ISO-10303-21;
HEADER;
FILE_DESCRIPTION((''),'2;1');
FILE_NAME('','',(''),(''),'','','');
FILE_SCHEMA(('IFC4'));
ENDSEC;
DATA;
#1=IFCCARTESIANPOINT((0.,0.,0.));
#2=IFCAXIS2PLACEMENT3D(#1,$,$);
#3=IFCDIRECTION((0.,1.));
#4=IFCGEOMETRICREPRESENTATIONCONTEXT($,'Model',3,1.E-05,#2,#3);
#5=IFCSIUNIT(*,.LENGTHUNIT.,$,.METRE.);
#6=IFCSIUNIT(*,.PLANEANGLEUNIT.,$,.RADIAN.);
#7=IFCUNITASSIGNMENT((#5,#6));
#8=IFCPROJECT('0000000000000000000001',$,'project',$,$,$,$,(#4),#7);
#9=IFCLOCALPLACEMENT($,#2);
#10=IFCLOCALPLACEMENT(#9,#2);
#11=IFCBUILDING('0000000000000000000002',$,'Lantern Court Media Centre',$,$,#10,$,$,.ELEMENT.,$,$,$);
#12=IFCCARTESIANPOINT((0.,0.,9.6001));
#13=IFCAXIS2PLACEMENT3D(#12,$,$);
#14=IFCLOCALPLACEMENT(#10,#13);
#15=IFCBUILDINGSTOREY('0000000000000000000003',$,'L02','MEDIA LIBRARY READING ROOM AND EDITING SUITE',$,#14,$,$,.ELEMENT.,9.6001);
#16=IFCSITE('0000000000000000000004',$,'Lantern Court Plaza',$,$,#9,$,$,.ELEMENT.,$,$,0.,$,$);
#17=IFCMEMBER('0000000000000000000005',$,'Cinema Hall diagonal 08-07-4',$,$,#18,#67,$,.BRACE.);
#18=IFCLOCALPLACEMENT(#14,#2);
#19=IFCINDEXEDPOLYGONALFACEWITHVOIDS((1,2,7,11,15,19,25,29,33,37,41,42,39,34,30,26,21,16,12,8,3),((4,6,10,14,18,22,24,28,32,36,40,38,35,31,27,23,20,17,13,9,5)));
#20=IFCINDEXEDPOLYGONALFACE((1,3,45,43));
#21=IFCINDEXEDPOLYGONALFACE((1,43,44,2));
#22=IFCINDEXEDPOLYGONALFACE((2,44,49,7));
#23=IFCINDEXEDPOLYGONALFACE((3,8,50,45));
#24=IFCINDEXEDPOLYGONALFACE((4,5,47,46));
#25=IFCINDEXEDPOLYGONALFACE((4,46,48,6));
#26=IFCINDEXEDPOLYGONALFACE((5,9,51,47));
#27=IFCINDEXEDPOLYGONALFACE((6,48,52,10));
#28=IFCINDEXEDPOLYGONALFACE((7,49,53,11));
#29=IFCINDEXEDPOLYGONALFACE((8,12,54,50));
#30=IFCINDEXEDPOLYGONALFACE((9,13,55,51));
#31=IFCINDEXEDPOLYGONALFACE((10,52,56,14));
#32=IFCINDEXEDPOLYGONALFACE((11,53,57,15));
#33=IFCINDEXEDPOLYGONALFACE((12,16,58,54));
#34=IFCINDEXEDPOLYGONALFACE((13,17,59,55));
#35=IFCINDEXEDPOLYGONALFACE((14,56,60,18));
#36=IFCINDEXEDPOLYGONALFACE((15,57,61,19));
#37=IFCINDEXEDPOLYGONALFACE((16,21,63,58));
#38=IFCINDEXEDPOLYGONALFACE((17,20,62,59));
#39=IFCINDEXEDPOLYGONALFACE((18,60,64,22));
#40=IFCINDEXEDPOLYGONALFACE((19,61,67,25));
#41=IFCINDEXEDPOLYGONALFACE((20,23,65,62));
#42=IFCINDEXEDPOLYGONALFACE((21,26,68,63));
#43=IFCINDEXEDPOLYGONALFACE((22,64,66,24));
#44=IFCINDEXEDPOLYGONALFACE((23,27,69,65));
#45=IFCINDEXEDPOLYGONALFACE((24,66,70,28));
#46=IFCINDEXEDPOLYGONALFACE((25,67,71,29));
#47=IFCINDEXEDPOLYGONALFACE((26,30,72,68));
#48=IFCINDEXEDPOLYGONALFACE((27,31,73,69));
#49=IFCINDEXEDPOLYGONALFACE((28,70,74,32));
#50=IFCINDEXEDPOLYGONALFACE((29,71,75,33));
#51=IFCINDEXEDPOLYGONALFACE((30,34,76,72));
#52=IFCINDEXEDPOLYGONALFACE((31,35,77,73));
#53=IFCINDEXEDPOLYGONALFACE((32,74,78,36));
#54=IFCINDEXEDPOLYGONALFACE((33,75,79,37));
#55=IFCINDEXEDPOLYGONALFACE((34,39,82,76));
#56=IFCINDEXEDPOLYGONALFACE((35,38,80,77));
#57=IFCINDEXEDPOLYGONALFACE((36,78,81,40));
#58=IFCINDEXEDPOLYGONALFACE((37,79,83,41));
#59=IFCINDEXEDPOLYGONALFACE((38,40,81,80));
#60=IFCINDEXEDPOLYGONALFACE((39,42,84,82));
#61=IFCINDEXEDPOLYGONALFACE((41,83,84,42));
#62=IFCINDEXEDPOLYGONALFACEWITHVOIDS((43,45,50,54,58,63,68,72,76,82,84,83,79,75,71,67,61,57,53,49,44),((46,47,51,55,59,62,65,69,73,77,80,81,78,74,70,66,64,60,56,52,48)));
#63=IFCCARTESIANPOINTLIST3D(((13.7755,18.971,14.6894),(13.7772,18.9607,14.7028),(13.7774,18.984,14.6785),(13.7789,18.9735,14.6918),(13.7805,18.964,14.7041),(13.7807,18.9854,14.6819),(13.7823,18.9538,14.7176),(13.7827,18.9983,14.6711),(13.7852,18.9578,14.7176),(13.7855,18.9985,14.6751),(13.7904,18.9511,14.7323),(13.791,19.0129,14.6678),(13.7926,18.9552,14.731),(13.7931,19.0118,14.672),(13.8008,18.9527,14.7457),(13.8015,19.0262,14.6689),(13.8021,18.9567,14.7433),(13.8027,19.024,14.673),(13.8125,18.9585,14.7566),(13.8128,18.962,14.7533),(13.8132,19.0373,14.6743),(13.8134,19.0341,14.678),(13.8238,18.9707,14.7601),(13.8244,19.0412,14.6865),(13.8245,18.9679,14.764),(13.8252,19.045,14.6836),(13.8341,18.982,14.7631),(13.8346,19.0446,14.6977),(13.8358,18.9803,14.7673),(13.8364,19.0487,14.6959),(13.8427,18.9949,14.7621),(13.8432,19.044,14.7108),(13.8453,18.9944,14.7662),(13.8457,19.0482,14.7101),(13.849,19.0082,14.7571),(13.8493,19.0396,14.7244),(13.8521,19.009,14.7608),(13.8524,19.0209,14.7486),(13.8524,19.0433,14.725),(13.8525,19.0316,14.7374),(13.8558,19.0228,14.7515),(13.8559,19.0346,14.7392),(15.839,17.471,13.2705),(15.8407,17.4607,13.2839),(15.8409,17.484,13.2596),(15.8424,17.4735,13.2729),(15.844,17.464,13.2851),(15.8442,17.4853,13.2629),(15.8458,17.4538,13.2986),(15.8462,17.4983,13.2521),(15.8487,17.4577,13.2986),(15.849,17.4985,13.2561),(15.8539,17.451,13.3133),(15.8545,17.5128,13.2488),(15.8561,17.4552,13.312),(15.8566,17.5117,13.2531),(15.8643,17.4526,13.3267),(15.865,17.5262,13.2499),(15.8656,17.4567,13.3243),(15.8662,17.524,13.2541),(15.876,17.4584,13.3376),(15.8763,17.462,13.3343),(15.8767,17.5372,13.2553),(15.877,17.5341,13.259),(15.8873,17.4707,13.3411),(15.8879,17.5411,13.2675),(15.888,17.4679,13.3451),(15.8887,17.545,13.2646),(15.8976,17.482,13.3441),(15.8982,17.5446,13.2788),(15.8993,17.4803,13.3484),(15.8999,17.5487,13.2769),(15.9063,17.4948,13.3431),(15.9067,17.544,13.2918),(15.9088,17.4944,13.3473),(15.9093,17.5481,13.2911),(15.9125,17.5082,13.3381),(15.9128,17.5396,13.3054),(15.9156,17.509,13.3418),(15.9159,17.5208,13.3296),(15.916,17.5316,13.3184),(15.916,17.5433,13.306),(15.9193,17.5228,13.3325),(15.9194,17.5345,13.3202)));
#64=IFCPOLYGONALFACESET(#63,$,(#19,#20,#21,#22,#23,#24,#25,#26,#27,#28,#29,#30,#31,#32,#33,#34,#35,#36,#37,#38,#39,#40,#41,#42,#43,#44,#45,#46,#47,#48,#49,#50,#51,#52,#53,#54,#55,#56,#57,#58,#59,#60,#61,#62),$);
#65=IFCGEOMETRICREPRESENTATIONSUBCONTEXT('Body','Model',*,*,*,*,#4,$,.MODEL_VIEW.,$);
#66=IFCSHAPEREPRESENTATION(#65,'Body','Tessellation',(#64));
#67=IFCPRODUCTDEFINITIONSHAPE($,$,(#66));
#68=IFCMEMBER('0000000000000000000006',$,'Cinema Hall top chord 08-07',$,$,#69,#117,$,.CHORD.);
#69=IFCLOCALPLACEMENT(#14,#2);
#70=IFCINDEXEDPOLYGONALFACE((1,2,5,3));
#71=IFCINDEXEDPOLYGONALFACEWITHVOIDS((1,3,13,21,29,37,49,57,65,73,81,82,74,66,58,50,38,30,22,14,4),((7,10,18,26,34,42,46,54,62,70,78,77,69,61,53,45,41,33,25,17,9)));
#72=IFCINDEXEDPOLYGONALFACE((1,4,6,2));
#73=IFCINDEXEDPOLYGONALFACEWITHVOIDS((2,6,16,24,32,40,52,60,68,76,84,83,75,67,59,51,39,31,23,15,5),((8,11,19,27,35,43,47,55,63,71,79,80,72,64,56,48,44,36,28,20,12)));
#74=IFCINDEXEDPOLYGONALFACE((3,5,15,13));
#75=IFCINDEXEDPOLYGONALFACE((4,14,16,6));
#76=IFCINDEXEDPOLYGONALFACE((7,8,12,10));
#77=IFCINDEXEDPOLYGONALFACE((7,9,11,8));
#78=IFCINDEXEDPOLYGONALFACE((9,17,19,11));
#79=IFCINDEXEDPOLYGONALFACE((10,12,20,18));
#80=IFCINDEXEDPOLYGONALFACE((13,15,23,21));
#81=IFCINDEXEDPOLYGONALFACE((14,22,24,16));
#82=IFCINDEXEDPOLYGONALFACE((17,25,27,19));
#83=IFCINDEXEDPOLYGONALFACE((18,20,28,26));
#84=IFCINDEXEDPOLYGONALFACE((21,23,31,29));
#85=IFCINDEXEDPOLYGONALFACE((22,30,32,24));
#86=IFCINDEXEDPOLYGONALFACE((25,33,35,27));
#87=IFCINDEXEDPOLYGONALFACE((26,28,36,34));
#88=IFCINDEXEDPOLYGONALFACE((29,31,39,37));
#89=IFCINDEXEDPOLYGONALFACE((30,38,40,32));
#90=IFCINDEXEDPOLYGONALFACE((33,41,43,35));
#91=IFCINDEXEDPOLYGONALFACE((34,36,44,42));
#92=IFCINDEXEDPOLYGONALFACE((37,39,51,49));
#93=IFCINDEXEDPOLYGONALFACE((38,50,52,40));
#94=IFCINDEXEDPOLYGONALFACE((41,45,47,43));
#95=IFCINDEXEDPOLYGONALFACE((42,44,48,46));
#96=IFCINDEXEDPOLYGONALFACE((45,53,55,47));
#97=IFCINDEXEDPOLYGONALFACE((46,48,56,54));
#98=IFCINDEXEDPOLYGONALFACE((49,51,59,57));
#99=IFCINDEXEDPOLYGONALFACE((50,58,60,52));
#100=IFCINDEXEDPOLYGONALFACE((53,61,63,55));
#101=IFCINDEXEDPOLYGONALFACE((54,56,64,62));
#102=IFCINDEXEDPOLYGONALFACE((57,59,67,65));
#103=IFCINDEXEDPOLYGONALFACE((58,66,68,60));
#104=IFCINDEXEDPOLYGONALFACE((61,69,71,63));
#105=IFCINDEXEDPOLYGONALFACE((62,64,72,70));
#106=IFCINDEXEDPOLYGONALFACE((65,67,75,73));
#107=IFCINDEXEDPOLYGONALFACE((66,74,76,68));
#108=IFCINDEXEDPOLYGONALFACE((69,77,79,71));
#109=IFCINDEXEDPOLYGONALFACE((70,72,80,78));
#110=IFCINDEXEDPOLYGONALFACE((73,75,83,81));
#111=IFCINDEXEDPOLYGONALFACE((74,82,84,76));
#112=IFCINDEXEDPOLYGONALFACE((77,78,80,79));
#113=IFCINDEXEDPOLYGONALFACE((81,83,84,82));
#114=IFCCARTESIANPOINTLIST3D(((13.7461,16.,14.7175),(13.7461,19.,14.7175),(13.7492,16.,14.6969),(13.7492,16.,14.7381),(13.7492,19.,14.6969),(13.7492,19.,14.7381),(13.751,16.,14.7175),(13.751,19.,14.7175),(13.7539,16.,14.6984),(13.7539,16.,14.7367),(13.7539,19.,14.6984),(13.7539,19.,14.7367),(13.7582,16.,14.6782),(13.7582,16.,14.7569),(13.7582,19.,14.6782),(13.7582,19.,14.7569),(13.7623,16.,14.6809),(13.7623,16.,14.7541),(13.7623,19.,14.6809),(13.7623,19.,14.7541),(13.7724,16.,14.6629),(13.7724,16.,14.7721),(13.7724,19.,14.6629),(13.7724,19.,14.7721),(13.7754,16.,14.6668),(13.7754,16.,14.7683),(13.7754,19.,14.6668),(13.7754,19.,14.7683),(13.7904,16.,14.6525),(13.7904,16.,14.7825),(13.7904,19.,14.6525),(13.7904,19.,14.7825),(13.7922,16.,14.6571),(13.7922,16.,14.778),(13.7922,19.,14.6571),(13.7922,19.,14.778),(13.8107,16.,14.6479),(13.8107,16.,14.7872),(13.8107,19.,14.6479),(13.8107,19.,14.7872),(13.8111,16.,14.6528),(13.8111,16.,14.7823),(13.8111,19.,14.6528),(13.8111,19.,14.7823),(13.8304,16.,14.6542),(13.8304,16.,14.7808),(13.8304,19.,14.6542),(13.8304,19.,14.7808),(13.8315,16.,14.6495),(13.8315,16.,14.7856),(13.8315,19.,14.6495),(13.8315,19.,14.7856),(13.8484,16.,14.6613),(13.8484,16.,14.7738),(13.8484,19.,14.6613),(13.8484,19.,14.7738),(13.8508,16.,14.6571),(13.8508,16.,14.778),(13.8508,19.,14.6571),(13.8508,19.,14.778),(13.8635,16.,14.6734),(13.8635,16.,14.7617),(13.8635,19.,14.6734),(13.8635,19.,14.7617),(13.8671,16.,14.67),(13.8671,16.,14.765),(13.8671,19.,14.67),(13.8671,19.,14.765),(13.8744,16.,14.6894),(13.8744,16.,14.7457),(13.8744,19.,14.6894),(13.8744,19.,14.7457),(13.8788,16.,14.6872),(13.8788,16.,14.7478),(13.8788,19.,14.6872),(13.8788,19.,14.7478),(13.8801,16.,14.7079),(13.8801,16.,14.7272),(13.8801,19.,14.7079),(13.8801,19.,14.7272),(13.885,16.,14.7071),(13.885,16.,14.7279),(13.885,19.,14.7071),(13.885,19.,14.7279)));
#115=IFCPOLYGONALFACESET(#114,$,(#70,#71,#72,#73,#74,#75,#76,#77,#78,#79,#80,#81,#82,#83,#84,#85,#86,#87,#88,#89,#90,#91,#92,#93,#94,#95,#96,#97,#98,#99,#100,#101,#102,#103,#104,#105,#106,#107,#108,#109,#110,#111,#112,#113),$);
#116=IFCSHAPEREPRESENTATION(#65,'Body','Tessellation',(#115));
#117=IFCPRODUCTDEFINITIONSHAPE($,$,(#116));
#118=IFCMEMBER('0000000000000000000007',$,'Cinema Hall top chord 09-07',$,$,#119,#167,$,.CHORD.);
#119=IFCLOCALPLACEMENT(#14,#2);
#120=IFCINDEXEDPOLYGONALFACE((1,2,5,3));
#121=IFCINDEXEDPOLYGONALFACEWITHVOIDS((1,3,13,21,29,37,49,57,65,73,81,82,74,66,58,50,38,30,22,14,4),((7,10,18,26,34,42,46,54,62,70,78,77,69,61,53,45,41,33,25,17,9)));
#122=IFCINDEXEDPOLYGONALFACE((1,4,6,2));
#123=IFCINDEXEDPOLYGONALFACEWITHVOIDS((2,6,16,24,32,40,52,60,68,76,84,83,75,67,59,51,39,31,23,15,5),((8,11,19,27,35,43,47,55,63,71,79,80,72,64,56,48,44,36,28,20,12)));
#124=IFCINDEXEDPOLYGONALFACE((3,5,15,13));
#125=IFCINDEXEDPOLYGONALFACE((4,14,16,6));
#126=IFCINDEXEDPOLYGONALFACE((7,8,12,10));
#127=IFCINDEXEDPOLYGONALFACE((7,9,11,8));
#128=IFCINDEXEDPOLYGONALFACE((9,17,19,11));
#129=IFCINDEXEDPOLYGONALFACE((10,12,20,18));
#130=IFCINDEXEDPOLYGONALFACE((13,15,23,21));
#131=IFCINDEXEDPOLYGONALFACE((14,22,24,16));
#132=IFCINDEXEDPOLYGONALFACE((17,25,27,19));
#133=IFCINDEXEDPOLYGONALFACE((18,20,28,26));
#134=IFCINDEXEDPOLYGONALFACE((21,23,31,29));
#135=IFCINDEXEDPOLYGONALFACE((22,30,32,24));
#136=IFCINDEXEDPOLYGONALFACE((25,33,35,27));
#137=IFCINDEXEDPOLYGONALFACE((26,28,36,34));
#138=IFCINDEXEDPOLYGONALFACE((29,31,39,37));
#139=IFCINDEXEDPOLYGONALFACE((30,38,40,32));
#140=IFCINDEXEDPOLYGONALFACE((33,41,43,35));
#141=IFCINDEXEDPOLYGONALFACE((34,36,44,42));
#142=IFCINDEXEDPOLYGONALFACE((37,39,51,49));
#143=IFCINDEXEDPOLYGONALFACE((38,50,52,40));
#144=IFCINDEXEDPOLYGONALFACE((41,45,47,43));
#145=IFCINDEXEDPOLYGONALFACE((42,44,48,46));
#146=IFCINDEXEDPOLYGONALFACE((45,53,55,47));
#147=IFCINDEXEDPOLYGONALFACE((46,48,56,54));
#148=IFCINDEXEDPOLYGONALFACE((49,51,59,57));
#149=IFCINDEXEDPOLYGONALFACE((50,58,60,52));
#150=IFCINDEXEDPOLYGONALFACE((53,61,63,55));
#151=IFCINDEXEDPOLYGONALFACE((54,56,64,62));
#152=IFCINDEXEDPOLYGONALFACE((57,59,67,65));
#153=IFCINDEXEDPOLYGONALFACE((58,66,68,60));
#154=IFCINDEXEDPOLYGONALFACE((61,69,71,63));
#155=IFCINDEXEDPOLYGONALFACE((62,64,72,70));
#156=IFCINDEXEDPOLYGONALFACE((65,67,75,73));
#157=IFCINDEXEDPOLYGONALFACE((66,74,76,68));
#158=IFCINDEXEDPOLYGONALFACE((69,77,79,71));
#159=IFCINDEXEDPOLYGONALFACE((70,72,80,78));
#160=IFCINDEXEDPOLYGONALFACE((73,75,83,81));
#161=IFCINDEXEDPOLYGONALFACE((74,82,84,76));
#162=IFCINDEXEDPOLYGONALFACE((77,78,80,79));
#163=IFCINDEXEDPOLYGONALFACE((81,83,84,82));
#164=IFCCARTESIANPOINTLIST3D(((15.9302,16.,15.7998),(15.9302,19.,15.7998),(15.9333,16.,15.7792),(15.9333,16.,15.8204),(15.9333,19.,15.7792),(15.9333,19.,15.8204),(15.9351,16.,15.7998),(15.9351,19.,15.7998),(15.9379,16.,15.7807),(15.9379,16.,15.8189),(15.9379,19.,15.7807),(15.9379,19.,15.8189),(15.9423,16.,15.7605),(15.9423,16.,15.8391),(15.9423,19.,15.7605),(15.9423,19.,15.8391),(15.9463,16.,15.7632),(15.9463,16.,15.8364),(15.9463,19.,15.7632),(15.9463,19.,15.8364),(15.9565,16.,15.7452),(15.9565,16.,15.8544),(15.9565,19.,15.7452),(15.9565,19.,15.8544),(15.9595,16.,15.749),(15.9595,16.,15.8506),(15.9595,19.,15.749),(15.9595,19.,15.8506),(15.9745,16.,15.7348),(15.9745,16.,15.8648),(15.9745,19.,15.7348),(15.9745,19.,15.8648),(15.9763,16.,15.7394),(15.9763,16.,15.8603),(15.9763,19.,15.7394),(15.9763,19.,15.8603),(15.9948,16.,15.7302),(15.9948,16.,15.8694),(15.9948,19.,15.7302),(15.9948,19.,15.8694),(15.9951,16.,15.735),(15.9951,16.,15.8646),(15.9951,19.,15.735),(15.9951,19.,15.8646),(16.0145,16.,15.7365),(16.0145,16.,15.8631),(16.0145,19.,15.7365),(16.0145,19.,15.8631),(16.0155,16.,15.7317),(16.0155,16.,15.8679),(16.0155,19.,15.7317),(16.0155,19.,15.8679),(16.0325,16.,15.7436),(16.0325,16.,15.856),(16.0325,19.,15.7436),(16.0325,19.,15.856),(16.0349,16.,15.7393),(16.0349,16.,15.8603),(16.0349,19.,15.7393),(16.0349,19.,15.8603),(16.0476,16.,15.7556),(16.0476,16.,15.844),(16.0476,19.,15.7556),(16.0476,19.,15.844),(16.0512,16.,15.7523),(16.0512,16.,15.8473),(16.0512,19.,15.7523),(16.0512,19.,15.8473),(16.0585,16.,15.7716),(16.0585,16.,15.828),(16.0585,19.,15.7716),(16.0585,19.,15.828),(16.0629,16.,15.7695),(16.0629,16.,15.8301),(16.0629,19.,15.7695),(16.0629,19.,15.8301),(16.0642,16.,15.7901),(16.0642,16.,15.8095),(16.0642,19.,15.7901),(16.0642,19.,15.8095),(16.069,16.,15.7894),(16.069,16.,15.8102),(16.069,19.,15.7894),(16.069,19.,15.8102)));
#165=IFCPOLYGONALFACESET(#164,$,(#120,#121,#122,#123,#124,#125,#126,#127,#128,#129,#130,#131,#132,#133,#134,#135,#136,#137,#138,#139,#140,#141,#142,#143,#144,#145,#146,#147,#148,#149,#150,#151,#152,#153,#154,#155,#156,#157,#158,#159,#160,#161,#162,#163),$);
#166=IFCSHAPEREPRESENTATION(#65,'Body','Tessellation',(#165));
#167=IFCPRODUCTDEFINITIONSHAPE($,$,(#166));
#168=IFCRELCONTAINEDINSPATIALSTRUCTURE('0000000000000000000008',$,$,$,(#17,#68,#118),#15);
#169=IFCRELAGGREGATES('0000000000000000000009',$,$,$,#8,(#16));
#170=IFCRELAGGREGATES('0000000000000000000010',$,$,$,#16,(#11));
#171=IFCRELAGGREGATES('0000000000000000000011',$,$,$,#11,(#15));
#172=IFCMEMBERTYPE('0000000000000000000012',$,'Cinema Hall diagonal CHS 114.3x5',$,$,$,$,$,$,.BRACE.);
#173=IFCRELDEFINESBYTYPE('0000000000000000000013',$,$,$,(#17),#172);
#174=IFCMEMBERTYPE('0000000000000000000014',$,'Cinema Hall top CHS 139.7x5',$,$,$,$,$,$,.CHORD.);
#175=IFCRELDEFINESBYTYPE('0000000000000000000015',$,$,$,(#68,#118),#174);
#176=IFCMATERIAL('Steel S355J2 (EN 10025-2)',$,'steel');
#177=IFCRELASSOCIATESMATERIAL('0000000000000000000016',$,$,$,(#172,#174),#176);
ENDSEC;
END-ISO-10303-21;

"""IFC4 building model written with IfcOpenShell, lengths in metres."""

from ifc_helpers import new_model, si_unit, direction, frame, origin, origin_2d, place, context, subcontext, project, spatial, hollow_circle, extrude, material, material_profile, profile_set, type_object, element, save


model = new_model("IFC4")

# Units and contexts
model_context = context("Model", 3, precision=1e-05, world=origin(), true_north=direction((0.0, 1.0)))
body_context = subcontext(model_context, "Body", "Model", "MODEL_VIEW")
ifc_project = project(units=[si_unit("LENGTHUNIT", "METRE"), si_unit("PLANEANGLEUNIT", "RADIAN")], contexts=[model_context])

# Site, building, storey
site_placement = place(None, origin())
site = spatial("IfcSite", under=ifc_project, at=site_placement, Name="Lantern Court Plaza", CompositionType="ELEMENT", RefElevation=0.0)
building_placement = place(site_placement, origin())
building = spatial("IfcBuilding", under=site, at=building_placement, Name="Lantern Court Media Centre", CompositionType="ELEMENT")
storey_placement = place(building_placement, frame((0.0, 0.0, 9.6001)))
storey = spatial("IfcBuildingStorey", under=building, at=storey_placement, Name="L02", Description="MEDIA LIBRARY READING ROOM AND EDITING SUITE", CompositionType="ELEMENT", Elevation=9.6001)

# Members
ifc_material = material(Name="Steel S355J2 (EN 10025-2)", Category="steel")
ifc_material_profile_1 = material_profile(ifc_material, hollow_circle(Radius=0.0571, WallThickness=0.0049, at=origin_2d()), Name="Cinema Hall diagonal CHS 114.3x5")
ifc_profile_set_1 = profile_set([ifc_material_profile_1], Name="Steel S355J2 (EN 10025-2)")
member_type_1 = type_object("IfcMemberType", Name="Cinema Hall diagonal CHS 114.3x5", PredefinedType="BRACE", material=ifc_profile_set_1)
member_1_placement = place(storey_placement, frame((15.8794, 17.5, 13.2986), z_axis=(-0.70688, 0.513851, 0.486084), x_axis=(-0.58799, -0.808868, 0.0)))
element("IfcMember", 1, at=member_1_placement, inside=storey, type_object=member_type_1, Name="Cinema Hall diagonal 08-07-4", PredefinedType="BRACE", context=body_context, shape_type="SweptSolid", body=[
    extrude(hollow_circle(Radius=0.0571, WallThickness=0.0049, at=origin_2d()), origin(), (0.0, 0.0, 1.0), 2.9192),
])
ifc_material_profile_2 = material_profile(ifc_material, hollow_circle(Radius=0.0698, WallThickness=0.0049, at=origin_2d()), Name="Cinema Hall top CHS 139.7x5")
ifc_profile_set_2 = profile_set([ifc_material_profile_2], Name="Steel S355J2 (EN 10025-2)")
member_type_2 = type_object("IfcMemberType", Name="Cinema Hall top CHS 139.7x5", PredefinedType="CHORD", material=ifc_profile_set_2)
for number, where, z_axis, x_axis, name in (
    (2, (13.8159, 16.0, 14.7175), (0.0, 1.0, 0.0), (-1.0, 0.0, 0.0), "Cinema Hall top chord 08-07"),
    (3, (16.0, 16.0, 15.7998), (0.0, 1.0, 0.0), (-1.0, 0.0, 0.0), "Cinema Hall top chord 09-07"),
):
    element("IfcMember", number, at=place(storey_placement, frame(where, z_axis=z_axis, x_axis=x_axis)), inside=storey, type_object=member_type_2, Name=name, PredefinedType="CHORD", context=body_context, shape_type="SweptSolid", body=[
        extrude(hollow_circle(Radius=0.0698, WallThickness=0.0049, at=origin_2d()), origin(), (0.0, 0.0, 1.0), 3.0),
    ])

save(model, "model.ifc")
